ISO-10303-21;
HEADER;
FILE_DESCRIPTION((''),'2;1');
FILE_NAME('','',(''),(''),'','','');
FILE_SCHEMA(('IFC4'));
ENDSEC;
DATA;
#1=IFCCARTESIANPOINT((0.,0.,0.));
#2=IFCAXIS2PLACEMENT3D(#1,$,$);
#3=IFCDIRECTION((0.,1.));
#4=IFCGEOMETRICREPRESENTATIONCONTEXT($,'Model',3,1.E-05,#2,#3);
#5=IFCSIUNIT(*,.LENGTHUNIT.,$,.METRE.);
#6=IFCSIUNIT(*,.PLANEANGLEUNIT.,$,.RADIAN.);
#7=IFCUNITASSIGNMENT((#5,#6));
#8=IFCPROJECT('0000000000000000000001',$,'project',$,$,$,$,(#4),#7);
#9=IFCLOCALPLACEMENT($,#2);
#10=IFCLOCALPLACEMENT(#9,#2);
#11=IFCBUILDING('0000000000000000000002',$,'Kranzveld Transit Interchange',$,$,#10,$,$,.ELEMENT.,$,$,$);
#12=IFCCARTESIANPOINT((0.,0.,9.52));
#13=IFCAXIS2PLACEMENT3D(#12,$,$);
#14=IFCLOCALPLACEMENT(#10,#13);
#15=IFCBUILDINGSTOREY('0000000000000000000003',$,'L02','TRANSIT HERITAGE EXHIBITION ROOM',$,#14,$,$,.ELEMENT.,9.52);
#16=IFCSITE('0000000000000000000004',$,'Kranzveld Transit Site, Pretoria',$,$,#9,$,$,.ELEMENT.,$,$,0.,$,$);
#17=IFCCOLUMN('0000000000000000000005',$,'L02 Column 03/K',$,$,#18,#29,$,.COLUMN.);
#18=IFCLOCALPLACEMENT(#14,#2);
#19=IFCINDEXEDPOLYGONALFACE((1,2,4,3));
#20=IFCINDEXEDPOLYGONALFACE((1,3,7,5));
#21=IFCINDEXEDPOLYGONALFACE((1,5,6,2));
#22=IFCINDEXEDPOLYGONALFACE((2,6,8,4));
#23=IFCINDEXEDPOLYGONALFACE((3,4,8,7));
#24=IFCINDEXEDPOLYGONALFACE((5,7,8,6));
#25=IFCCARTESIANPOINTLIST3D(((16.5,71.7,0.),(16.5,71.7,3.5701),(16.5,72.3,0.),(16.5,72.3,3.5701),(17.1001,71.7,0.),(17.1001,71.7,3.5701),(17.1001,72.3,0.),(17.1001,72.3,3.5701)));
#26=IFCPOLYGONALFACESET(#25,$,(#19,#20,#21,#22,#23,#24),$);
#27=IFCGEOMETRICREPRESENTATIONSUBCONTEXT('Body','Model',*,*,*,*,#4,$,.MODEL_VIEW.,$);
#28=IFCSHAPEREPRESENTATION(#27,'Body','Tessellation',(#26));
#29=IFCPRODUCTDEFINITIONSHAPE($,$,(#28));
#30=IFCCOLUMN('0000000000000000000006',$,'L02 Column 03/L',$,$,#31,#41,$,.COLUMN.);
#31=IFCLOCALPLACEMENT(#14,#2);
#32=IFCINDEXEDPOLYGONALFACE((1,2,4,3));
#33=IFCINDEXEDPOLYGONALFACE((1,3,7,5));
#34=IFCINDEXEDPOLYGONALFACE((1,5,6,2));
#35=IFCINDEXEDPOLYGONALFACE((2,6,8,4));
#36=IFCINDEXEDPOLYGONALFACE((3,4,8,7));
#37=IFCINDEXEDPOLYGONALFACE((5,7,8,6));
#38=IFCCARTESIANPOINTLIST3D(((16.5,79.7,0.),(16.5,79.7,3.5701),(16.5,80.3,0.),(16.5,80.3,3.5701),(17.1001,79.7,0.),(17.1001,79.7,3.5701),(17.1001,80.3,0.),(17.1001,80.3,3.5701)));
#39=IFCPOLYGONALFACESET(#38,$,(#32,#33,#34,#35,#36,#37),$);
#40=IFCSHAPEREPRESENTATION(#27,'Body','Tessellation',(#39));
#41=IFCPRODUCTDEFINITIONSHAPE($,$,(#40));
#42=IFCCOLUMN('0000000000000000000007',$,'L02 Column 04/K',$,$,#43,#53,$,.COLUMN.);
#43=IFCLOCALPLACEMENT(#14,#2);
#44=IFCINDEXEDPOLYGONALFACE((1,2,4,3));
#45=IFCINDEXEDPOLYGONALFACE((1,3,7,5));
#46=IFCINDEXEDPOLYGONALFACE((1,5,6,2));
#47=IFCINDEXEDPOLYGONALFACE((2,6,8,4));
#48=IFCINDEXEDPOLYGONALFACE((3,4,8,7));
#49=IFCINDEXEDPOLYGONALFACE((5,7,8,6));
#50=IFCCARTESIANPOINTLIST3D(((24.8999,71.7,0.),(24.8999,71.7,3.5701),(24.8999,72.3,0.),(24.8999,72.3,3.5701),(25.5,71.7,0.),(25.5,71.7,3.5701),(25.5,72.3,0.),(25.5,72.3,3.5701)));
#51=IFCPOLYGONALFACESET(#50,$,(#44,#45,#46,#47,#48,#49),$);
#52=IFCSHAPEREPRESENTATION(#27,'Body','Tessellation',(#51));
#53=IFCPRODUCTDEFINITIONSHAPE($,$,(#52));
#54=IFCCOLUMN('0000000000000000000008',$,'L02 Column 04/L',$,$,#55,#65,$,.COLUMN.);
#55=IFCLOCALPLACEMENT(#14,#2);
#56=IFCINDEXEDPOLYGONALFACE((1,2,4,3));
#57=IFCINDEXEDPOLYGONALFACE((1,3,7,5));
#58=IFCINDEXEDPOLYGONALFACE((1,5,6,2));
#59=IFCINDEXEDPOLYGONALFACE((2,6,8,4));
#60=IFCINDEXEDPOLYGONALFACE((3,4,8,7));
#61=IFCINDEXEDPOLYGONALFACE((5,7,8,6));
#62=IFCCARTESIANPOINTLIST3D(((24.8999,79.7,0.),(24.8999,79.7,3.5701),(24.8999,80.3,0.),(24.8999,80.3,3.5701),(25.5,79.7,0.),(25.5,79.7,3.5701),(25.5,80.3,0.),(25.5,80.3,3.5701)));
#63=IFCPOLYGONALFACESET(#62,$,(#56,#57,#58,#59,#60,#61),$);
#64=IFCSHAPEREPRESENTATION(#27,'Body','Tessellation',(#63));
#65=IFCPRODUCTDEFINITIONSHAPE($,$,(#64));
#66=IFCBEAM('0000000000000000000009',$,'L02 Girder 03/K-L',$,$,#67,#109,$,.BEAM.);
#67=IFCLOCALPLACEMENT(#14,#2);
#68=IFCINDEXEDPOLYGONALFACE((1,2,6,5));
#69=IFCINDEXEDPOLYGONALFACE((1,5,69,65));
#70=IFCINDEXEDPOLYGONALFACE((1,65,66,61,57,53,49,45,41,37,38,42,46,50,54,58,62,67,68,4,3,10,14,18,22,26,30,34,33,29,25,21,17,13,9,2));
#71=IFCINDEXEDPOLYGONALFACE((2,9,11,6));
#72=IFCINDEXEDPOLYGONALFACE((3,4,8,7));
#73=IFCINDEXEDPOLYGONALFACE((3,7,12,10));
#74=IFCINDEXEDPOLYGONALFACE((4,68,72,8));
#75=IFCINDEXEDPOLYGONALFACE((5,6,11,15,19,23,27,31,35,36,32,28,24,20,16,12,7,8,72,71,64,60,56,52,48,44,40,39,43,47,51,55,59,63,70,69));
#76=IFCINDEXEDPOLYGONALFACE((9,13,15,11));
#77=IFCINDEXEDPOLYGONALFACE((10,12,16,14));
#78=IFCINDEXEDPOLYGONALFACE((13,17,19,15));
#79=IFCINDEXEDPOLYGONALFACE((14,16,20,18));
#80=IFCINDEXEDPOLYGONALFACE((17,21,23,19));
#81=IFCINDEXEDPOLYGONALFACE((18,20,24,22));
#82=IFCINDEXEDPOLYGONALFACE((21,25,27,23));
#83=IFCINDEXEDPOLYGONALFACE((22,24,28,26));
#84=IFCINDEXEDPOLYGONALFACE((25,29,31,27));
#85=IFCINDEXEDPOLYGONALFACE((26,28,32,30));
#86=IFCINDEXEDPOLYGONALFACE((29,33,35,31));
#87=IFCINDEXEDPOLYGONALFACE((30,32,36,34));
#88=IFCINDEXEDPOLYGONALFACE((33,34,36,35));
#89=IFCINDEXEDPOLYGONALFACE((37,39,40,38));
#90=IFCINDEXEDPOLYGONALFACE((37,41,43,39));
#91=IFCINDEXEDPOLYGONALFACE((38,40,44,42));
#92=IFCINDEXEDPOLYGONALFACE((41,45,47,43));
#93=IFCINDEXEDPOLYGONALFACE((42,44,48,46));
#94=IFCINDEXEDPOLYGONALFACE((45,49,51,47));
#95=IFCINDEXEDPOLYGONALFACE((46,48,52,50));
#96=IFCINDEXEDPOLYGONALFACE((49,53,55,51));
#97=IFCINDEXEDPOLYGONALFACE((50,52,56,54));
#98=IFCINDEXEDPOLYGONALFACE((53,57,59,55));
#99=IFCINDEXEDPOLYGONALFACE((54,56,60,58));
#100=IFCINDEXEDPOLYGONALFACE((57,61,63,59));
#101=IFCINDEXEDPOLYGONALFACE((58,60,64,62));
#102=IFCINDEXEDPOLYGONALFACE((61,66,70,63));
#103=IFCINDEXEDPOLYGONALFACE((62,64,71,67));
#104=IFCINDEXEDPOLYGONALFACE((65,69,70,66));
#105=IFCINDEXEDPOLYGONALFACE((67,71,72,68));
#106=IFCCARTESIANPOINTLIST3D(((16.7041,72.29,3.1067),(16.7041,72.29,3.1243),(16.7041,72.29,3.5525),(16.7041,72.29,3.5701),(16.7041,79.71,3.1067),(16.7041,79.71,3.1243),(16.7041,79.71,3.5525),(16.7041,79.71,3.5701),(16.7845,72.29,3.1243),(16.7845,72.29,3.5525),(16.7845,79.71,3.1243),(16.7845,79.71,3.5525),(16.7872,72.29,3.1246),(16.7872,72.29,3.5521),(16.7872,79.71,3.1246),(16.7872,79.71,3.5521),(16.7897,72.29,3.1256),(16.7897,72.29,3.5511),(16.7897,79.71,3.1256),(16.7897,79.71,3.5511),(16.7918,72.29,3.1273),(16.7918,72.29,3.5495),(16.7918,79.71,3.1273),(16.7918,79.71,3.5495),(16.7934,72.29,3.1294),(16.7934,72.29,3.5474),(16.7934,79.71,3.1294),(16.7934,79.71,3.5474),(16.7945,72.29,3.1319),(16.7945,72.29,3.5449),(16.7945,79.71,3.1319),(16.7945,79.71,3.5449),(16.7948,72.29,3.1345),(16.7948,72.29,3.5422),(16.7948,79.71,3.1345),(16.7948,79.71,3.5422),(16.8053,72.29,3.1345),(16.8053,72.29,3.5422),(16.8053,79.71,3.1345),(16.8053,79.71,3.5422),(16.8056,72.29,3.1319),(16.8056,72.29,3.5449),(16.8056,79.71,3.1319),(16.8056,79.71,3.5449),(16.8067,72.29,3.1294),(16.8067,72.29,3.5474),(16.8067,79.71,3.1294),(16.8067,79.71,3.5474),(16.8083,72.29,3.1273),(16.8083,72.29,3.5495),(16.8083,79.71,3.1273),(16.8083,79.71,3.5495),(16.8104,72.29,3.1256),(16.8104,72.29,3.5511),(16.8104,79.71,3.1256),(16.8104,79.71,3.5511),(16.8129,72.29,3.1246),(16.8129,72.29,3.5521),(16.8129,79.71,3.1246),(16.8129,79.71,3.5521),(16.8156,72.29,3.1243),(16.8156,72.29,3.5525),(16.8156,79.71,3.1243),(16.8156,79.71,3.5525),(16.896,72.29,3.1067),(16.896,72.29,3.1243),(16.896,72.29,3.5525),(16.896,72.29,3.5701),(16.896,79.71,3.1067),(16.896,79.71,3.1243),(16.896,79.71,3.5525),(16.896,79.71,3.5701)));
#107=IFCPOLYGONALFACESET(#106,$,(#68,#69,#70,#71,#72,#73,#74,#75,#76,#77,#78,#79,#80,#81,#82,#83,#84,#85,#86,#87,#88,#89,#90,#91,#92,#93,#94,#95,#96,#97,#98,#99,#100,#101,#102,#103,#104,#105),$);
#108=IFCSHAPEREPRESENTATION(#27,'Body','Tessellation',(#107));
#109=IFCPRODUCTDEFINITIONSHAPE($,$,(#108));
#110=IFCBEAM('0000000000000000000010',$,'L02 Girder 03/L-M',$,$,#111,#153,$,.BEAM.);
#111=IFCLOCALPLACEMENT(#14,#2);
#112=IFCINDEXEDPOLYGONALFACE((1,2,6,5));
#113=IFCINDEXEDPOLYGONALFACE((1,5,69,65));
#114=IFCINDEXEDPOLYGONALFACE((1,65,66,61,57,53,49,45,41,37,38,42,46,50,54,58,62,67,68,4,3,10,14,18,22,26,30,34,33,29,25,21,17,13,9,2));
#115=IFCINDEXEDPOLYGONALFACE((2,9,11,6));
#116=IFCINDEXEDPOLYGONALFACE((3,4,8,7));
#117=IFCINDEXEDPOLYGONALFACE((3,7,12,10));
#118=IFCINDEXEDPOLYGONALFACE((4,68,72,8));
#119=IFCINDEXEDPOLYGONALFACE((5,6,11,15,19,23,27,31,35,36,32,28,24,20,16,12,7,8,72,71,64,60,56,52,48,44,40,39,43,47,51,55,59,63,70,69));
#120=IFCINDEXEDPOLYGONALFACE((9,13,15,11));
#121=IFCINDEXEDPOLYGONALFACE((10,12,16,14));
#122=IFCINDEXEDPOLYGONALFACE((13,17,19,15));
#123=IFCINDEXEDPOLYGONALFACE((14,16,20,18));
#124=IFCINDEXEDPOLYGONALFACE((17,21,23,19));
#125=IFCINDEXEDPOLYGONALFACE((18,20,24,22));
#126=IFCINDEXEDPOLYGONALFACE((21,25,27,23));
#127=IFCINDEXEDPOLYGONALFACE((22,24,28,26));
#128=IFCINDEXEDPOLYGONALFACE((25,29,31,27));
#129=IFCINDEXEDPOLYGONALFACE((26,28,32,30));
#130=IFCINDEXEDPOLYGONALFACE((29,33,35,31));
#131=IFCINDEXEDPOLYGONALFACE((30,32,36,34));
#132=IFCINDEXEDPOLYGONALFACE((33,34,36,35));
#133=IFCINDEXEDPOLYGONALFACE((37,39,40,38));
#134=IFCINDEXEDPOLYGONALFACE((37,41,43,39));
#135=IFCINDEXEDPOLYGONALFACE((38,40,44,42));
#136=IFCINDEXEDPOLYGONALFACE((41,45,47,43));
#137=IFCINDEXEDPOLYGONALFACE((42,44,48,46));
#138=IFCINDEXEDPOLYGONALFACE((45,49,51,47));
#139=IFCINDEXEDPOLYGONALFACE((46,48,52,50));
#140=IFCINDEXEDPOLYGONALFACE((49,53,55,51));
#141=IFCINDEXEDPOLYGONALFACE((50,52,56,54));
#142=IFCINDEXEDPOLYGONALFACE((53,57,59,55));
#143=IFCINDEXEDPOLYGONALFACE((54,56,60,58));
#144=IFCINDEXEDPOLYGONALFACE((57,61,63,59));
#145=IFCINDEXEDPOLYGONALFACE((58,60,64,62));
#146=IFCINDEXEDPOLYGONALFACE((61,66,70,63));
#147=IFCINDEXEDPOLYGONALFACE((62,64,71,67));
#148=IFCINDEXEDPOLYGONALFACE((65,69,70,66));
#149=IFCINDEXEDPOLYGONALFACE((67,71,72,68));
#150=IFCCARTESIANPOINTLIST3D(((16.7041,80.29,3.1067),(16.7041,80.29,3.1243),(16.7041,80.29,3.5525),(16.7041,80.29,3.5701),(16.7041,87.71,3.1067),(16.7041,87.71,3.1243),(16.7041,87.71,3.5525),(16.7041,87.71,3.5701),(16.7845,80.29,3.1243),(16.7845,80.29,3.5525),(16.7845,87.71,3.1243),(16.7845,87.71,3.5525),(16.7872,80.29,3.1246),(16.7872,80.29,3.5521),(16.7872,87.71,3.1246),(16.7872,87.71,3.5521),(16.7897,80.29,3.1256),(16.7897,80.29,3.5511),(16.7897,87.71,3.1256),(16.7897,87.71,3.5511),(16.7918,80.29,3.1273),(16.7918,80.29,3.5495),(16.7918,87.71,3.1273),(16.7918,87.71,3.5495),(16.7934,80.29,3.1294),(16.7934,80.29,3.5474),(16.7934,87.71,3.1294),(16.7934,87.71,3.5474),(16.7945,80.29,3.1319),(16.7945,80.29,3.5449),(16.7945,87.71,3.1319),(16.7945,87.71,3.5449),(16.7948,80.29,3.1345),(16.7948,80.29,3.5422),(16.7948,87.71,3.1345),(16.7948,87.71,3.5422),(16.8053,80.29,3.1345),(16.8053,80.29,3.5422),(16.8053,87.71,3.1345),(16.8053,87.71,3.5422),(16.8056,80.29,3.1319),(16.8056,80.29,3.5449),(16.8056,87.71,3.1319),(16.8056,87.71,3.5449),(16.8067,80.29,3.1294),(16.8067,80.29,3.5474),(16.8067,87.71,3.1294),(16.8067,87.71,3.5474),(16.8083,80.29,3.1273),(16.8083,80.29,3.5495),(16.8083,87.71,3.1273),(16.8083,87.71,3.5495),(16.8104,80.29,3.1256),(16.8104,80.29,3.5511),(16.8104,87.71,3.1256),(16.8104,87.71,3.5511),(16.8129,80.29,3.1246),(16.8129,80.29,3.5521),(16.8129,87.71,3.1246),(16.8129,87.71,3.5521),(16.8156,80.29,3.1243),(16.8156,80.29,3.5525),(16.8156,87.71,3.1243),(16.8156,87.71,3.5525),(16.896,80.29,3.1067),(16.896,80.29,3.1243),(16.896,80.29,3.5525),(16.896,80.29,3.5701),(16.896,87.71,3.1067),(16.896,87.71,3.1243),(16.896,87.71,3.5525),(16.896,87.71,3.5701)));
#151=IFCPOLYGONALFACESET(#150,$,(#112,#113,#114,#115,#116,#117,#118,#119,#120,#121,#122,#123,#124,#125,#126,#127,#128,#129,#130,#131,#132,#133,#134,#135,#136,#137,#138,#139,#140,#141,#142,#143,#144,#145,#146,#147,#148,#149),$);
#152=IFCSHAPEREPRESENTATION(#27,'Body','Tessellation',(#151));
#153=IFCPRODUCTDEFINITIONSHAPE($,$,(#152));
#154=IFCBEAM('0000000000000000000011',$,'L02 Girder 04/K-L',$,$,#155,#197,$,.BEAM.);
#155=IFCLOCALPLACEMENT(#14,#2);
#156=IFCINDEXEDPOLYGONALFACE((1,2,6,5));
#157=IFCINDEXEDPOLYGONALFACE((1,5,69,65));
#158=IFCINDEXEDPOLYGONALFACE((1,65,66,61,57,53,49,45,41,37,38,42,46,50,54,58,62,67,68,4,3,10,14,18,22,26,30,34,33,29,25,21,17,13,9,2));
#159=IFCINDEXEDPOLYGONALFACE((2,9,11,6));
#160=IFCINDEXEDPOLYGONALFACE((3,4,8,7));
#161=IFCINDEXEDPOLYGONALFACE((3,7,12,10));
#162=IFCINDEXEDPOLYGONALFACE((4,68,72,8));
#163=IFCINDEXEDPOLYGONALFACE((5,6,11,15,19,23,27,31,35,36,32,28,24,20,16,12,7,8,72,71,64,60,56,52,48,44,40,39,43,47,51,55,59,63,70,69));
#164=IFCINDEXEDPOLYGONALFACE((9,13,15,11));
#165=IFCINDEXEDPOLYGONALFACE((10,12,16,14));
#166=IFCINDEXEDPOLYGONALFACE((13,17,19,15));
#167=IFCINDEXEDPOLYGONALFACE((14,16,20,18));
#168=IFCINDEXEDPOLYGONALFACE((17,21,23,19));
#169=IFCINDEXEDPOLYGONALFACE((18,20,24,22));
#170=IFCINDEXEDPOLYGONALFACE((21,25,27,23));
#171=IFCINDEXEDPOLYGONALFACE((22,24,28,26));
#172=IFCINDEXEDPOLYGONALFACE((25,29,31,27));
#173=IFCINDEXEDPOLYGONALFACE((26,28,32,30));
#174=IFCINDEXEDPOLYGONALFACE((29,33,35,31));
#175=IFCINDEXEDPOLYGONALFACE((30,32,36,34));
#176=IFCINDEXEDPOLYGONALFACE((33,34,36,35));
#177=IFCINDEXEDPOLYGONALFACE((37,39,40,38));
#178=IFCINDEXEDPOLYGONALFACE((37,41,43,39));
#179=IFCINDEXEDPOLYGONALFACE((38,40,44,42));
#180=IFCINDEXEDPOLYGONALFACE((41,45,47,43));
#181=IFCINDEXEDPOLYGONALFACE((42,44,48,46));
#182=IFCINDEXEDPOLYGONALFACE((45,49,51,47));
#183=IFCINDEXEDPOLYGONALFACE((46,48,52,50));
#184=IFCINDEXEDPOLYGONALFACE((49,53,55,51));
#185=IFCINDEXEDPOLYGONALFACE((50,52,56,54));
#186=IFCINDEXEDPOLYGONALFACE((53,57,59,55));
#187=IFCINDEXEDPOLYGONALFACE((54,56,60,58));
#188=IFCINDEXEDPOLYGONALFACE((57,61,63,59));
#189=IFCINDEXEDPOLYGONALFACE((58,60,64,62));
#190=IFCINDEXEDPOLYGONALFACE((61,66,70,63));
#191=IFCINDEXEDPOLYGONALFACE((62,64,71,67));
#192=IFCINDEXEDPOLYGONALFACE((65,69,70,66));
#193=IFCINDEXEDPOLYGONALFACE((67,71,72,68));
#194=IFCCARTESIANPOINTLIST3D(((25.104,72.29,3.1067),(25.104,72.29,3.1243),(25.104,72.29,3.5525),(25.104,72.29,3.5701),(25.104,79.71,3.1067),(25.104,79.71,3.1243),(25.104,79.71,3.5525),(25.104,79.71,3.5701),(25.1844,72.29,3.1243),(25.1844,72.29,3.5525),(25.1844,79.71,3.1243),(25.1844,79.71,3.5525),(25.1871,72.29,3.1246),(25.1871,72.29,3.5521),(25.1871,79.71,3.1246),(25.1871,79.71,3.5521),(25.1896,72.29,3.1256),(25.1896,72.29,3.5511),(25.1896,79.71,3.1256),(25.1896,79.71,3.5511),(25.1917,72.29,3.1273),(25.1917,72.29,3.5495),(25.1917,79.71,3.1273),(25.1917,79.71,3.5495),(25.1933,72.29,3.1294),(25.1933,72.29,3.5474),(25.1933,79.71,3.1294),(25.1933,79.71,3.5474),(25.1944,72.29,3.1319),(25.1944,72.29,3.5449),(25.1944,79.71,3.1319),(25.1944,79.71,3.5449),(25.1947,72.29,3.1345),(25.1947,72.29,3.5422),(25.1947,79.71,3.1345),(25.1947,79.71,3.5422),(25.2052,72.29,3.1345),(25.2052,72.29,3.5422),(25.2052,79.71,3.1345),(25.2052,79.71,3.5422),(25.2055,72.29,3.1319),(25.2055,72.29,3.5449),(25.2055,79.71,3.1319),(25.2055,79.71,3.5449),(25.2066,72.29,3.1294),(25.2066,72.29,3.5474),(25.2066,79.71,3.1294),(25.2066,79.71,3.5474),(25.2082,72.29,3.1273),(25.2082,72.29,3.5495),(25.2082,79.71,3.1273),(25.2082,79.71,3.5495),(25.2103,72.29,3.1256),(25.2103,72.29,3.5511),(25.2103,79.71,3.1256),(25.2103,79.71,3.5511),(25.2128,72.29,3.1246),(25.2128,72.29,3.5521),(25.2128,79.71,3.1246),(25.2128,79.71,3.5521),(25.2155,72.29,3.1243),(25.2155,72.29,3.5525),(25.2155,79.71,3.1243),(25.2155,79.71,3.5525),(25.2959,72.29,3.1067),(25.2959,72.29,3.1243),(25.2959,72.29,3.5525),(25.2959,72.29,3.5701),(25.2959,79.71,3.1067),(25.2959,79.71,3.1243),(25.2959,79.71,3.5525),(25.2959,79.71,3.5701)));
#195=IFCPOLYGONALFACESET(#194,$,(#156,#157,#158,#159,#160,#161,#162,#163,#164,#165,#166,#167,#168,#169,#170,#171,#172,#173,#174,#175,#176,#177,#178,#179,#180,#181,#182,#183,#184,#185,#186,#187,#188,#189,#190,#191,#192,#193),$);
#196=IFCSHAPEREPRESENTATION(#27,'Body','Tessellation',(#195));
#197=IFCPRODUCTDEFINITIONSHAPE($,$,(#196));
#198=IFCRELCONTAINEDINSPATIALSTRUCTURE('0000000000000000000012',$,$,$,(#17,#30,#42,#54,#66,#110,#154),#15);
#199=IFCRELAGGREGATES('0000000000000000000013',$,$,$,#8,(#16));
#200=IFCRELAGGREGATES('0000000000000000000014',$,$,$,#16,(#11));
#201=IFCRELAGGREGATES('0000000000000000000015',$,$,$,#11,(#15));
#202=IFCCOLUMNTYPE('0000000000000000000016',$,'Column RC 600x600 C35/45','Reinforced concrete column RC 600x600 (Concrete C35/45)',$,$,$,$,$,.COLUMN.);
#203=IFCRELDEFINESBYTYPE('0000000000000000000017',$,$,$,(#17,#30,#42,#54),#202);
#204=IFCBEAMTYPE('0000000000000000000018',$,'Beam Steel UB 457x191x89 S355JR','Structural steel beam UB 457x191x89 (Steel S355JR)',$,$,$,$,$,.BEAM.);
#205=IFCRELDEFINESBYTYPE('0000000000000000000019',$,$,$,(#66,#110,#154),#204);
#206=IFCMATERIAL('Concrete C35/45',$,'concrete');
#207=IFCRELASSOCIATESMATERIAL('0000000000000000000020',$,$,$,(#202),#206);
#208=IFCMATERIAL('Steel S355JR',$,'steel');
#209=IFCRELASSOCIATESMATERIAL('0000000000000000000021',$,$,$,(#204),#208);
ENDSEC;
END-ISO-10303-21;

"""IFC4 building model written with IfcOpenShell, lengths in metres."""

from ifc_helpers import new_model, si_unit, direction, frame, origin, origin_2d, place, context, subcontext, project, spatial, rectangle, i_section, extrude, material, material_profile, profile_set, type_object, element, save


model = new_model("IFC4")

# Units and contexts
model_context = context("Model", 3, precision=1e-05, world=origin(), true_north=direction((0.0, 1.0)))
body_context = subcontext(model_context, "Body", "Model", "MODEL_VIEW")
ifc_project = project(units=[si_unit("LENGTHUNIT", "METRE"), si_unit("PLANEANGLEUNIT", "RADIAN")], contexts=[model_context])

# Site, building, storey
site_placement = place(None, origin())
site = spatial("IfcSite", under=ifc_project, at=site_placement, Name="Kranzveld Transit Site, Pretoria", CompositionType="ELEMENT", RefElevation=0.0)
building_placement = place(site_placement, origin())
building = spatial("IfcBuilding", under=site, at=building_placement, Name="Kranzveld Transit Interchange", CompositionType="ELEMENT")
storey_placement = place(building_placement, frame((0.0, 0.0, 9.52)))
storey = spatial("IfcBuildingStorey", under=building, at=storey_placement, Name="L02", Description="TRANSIT HERITAGE EXHIBITION ROOM", CompositionType="ELEMENT", Elevation=9.52)

# Columns
ifc_material_1 = material(Name="Concrete C35/45", Category="concrete")
ifc_material_profile_1 = material_profile(ifc_material_1, rectangle(XDim=0.6001, YDim=0.6001, at=origin_2d()), Name="RC 600x600")
ifc_profile_set_1 = profile_set([ifc_material_profile_1], Name="Concrete C35/45")
column_type = type_object("IfcColumnType", Name="Column RC 600x600 C35/45", Description="Reinforced concrete column RC 600x600 (Concrete C35/45)", PredefinedType="COLUMN", material=ifc_profile_set_1)
for number, where, z_axis, x_axis, name in (
    (1, (16.8, 72.0, 0.0), (0.0, 0.0, 1.0), (1.0, 0.0, 0.0), "L02 Column 03/K"),
    (2, (16.8, 80.0, 0.0), (0.0, 0.0, 1.0), (1.0, 0.0, 0.0), "L02 Column 03/L"),
    (3, (25.2, 72.0, 0.0), (0.0, 0.0, 1.0), (1.0, 0.0, 0.0), "L02 Column 04/K"),
    (4, (25.2, 80.0, 0.0), (0.0, 0.0, 1.0), (1.0, 0.0, 0.0), "L02 Column 04/L"),
):
    element("IfcColumn", number, at=place(storey_placement, frame(where, z_axis=z_axis, x_axis=x_axis)), inside=storey, type_object=column_type, Name=name, PredefinedType="COLUMN", context=body_context, shape_type="SweptSolid", body=[
        extrude(rectangle(XDim=0.6001, YDim=0.6001, at=origin_2d()), origin(), (0.0, 0.0, 1.0), 3.5701),
    ])

# Beams
ifc_material_2 = material(Name="Steel S355JR", Category="steel")
ifc_material_profile_2 = material_profile(ifc_material_2, i_section(OverallWidth=0.1919, OverallDepth=0.4634, WebThickness=0.0105, FlangeThickness=0.0176, FilletRadius=0.0103, at=origin_2d()), Name="UB 457x191x89")
ifc_profile_set_2 = profile_set([ifc_material_profile_2], Name="Steel S355JR")
beam_type_1 = type_object("IfcBeamType", Name="Beam Steel UB 457x191x89 S355JR", Description="Structural steel beam UB 457x191x89 (Steel S355JR)", PredefinedType="BEAM", material=ifc_profile_set_2)
for number, where, z_axis, x_axis, name in (
    (5, (16.8, 72.29, 3.3384), (0.0, 1.0, 0.0), (-1.0, 0.0, 0.0), "L02 Girder 03/K-L"),
    (6, (16.8, 80.29, 3.3384), (0.0, 1.0, 0.0), (-1.0, 0.0, 0.0), "L02 Girder 03/L-M"),
    (7, (25.2, 72.29, 3.3384), (0.0, 1.0, 0.0), (-1.0, 0.0, 0.0), "L02 Girder 04/K-L"),
):
    element("IfcBeam", number, at=place(storey_placement, frame(where, z_axis=z_axis, x_axis=x_axis)), inside=storey, type_object=beam_type_1, Name=name, PredefinedType="BEAM", context=body_context, shape_type="SweptSolid", body=[
        extrude(i_section(OverallWidth=0.1919, OverallDepth=0.4634, WebThickness=0.0105, FlangeThickness=0.0176, FilletRadius=0.0103, at=origin_2d()), origin(), (0.0, 0.0, 1.0), 7.4199),
    ])

save(model, "model.ifc")
